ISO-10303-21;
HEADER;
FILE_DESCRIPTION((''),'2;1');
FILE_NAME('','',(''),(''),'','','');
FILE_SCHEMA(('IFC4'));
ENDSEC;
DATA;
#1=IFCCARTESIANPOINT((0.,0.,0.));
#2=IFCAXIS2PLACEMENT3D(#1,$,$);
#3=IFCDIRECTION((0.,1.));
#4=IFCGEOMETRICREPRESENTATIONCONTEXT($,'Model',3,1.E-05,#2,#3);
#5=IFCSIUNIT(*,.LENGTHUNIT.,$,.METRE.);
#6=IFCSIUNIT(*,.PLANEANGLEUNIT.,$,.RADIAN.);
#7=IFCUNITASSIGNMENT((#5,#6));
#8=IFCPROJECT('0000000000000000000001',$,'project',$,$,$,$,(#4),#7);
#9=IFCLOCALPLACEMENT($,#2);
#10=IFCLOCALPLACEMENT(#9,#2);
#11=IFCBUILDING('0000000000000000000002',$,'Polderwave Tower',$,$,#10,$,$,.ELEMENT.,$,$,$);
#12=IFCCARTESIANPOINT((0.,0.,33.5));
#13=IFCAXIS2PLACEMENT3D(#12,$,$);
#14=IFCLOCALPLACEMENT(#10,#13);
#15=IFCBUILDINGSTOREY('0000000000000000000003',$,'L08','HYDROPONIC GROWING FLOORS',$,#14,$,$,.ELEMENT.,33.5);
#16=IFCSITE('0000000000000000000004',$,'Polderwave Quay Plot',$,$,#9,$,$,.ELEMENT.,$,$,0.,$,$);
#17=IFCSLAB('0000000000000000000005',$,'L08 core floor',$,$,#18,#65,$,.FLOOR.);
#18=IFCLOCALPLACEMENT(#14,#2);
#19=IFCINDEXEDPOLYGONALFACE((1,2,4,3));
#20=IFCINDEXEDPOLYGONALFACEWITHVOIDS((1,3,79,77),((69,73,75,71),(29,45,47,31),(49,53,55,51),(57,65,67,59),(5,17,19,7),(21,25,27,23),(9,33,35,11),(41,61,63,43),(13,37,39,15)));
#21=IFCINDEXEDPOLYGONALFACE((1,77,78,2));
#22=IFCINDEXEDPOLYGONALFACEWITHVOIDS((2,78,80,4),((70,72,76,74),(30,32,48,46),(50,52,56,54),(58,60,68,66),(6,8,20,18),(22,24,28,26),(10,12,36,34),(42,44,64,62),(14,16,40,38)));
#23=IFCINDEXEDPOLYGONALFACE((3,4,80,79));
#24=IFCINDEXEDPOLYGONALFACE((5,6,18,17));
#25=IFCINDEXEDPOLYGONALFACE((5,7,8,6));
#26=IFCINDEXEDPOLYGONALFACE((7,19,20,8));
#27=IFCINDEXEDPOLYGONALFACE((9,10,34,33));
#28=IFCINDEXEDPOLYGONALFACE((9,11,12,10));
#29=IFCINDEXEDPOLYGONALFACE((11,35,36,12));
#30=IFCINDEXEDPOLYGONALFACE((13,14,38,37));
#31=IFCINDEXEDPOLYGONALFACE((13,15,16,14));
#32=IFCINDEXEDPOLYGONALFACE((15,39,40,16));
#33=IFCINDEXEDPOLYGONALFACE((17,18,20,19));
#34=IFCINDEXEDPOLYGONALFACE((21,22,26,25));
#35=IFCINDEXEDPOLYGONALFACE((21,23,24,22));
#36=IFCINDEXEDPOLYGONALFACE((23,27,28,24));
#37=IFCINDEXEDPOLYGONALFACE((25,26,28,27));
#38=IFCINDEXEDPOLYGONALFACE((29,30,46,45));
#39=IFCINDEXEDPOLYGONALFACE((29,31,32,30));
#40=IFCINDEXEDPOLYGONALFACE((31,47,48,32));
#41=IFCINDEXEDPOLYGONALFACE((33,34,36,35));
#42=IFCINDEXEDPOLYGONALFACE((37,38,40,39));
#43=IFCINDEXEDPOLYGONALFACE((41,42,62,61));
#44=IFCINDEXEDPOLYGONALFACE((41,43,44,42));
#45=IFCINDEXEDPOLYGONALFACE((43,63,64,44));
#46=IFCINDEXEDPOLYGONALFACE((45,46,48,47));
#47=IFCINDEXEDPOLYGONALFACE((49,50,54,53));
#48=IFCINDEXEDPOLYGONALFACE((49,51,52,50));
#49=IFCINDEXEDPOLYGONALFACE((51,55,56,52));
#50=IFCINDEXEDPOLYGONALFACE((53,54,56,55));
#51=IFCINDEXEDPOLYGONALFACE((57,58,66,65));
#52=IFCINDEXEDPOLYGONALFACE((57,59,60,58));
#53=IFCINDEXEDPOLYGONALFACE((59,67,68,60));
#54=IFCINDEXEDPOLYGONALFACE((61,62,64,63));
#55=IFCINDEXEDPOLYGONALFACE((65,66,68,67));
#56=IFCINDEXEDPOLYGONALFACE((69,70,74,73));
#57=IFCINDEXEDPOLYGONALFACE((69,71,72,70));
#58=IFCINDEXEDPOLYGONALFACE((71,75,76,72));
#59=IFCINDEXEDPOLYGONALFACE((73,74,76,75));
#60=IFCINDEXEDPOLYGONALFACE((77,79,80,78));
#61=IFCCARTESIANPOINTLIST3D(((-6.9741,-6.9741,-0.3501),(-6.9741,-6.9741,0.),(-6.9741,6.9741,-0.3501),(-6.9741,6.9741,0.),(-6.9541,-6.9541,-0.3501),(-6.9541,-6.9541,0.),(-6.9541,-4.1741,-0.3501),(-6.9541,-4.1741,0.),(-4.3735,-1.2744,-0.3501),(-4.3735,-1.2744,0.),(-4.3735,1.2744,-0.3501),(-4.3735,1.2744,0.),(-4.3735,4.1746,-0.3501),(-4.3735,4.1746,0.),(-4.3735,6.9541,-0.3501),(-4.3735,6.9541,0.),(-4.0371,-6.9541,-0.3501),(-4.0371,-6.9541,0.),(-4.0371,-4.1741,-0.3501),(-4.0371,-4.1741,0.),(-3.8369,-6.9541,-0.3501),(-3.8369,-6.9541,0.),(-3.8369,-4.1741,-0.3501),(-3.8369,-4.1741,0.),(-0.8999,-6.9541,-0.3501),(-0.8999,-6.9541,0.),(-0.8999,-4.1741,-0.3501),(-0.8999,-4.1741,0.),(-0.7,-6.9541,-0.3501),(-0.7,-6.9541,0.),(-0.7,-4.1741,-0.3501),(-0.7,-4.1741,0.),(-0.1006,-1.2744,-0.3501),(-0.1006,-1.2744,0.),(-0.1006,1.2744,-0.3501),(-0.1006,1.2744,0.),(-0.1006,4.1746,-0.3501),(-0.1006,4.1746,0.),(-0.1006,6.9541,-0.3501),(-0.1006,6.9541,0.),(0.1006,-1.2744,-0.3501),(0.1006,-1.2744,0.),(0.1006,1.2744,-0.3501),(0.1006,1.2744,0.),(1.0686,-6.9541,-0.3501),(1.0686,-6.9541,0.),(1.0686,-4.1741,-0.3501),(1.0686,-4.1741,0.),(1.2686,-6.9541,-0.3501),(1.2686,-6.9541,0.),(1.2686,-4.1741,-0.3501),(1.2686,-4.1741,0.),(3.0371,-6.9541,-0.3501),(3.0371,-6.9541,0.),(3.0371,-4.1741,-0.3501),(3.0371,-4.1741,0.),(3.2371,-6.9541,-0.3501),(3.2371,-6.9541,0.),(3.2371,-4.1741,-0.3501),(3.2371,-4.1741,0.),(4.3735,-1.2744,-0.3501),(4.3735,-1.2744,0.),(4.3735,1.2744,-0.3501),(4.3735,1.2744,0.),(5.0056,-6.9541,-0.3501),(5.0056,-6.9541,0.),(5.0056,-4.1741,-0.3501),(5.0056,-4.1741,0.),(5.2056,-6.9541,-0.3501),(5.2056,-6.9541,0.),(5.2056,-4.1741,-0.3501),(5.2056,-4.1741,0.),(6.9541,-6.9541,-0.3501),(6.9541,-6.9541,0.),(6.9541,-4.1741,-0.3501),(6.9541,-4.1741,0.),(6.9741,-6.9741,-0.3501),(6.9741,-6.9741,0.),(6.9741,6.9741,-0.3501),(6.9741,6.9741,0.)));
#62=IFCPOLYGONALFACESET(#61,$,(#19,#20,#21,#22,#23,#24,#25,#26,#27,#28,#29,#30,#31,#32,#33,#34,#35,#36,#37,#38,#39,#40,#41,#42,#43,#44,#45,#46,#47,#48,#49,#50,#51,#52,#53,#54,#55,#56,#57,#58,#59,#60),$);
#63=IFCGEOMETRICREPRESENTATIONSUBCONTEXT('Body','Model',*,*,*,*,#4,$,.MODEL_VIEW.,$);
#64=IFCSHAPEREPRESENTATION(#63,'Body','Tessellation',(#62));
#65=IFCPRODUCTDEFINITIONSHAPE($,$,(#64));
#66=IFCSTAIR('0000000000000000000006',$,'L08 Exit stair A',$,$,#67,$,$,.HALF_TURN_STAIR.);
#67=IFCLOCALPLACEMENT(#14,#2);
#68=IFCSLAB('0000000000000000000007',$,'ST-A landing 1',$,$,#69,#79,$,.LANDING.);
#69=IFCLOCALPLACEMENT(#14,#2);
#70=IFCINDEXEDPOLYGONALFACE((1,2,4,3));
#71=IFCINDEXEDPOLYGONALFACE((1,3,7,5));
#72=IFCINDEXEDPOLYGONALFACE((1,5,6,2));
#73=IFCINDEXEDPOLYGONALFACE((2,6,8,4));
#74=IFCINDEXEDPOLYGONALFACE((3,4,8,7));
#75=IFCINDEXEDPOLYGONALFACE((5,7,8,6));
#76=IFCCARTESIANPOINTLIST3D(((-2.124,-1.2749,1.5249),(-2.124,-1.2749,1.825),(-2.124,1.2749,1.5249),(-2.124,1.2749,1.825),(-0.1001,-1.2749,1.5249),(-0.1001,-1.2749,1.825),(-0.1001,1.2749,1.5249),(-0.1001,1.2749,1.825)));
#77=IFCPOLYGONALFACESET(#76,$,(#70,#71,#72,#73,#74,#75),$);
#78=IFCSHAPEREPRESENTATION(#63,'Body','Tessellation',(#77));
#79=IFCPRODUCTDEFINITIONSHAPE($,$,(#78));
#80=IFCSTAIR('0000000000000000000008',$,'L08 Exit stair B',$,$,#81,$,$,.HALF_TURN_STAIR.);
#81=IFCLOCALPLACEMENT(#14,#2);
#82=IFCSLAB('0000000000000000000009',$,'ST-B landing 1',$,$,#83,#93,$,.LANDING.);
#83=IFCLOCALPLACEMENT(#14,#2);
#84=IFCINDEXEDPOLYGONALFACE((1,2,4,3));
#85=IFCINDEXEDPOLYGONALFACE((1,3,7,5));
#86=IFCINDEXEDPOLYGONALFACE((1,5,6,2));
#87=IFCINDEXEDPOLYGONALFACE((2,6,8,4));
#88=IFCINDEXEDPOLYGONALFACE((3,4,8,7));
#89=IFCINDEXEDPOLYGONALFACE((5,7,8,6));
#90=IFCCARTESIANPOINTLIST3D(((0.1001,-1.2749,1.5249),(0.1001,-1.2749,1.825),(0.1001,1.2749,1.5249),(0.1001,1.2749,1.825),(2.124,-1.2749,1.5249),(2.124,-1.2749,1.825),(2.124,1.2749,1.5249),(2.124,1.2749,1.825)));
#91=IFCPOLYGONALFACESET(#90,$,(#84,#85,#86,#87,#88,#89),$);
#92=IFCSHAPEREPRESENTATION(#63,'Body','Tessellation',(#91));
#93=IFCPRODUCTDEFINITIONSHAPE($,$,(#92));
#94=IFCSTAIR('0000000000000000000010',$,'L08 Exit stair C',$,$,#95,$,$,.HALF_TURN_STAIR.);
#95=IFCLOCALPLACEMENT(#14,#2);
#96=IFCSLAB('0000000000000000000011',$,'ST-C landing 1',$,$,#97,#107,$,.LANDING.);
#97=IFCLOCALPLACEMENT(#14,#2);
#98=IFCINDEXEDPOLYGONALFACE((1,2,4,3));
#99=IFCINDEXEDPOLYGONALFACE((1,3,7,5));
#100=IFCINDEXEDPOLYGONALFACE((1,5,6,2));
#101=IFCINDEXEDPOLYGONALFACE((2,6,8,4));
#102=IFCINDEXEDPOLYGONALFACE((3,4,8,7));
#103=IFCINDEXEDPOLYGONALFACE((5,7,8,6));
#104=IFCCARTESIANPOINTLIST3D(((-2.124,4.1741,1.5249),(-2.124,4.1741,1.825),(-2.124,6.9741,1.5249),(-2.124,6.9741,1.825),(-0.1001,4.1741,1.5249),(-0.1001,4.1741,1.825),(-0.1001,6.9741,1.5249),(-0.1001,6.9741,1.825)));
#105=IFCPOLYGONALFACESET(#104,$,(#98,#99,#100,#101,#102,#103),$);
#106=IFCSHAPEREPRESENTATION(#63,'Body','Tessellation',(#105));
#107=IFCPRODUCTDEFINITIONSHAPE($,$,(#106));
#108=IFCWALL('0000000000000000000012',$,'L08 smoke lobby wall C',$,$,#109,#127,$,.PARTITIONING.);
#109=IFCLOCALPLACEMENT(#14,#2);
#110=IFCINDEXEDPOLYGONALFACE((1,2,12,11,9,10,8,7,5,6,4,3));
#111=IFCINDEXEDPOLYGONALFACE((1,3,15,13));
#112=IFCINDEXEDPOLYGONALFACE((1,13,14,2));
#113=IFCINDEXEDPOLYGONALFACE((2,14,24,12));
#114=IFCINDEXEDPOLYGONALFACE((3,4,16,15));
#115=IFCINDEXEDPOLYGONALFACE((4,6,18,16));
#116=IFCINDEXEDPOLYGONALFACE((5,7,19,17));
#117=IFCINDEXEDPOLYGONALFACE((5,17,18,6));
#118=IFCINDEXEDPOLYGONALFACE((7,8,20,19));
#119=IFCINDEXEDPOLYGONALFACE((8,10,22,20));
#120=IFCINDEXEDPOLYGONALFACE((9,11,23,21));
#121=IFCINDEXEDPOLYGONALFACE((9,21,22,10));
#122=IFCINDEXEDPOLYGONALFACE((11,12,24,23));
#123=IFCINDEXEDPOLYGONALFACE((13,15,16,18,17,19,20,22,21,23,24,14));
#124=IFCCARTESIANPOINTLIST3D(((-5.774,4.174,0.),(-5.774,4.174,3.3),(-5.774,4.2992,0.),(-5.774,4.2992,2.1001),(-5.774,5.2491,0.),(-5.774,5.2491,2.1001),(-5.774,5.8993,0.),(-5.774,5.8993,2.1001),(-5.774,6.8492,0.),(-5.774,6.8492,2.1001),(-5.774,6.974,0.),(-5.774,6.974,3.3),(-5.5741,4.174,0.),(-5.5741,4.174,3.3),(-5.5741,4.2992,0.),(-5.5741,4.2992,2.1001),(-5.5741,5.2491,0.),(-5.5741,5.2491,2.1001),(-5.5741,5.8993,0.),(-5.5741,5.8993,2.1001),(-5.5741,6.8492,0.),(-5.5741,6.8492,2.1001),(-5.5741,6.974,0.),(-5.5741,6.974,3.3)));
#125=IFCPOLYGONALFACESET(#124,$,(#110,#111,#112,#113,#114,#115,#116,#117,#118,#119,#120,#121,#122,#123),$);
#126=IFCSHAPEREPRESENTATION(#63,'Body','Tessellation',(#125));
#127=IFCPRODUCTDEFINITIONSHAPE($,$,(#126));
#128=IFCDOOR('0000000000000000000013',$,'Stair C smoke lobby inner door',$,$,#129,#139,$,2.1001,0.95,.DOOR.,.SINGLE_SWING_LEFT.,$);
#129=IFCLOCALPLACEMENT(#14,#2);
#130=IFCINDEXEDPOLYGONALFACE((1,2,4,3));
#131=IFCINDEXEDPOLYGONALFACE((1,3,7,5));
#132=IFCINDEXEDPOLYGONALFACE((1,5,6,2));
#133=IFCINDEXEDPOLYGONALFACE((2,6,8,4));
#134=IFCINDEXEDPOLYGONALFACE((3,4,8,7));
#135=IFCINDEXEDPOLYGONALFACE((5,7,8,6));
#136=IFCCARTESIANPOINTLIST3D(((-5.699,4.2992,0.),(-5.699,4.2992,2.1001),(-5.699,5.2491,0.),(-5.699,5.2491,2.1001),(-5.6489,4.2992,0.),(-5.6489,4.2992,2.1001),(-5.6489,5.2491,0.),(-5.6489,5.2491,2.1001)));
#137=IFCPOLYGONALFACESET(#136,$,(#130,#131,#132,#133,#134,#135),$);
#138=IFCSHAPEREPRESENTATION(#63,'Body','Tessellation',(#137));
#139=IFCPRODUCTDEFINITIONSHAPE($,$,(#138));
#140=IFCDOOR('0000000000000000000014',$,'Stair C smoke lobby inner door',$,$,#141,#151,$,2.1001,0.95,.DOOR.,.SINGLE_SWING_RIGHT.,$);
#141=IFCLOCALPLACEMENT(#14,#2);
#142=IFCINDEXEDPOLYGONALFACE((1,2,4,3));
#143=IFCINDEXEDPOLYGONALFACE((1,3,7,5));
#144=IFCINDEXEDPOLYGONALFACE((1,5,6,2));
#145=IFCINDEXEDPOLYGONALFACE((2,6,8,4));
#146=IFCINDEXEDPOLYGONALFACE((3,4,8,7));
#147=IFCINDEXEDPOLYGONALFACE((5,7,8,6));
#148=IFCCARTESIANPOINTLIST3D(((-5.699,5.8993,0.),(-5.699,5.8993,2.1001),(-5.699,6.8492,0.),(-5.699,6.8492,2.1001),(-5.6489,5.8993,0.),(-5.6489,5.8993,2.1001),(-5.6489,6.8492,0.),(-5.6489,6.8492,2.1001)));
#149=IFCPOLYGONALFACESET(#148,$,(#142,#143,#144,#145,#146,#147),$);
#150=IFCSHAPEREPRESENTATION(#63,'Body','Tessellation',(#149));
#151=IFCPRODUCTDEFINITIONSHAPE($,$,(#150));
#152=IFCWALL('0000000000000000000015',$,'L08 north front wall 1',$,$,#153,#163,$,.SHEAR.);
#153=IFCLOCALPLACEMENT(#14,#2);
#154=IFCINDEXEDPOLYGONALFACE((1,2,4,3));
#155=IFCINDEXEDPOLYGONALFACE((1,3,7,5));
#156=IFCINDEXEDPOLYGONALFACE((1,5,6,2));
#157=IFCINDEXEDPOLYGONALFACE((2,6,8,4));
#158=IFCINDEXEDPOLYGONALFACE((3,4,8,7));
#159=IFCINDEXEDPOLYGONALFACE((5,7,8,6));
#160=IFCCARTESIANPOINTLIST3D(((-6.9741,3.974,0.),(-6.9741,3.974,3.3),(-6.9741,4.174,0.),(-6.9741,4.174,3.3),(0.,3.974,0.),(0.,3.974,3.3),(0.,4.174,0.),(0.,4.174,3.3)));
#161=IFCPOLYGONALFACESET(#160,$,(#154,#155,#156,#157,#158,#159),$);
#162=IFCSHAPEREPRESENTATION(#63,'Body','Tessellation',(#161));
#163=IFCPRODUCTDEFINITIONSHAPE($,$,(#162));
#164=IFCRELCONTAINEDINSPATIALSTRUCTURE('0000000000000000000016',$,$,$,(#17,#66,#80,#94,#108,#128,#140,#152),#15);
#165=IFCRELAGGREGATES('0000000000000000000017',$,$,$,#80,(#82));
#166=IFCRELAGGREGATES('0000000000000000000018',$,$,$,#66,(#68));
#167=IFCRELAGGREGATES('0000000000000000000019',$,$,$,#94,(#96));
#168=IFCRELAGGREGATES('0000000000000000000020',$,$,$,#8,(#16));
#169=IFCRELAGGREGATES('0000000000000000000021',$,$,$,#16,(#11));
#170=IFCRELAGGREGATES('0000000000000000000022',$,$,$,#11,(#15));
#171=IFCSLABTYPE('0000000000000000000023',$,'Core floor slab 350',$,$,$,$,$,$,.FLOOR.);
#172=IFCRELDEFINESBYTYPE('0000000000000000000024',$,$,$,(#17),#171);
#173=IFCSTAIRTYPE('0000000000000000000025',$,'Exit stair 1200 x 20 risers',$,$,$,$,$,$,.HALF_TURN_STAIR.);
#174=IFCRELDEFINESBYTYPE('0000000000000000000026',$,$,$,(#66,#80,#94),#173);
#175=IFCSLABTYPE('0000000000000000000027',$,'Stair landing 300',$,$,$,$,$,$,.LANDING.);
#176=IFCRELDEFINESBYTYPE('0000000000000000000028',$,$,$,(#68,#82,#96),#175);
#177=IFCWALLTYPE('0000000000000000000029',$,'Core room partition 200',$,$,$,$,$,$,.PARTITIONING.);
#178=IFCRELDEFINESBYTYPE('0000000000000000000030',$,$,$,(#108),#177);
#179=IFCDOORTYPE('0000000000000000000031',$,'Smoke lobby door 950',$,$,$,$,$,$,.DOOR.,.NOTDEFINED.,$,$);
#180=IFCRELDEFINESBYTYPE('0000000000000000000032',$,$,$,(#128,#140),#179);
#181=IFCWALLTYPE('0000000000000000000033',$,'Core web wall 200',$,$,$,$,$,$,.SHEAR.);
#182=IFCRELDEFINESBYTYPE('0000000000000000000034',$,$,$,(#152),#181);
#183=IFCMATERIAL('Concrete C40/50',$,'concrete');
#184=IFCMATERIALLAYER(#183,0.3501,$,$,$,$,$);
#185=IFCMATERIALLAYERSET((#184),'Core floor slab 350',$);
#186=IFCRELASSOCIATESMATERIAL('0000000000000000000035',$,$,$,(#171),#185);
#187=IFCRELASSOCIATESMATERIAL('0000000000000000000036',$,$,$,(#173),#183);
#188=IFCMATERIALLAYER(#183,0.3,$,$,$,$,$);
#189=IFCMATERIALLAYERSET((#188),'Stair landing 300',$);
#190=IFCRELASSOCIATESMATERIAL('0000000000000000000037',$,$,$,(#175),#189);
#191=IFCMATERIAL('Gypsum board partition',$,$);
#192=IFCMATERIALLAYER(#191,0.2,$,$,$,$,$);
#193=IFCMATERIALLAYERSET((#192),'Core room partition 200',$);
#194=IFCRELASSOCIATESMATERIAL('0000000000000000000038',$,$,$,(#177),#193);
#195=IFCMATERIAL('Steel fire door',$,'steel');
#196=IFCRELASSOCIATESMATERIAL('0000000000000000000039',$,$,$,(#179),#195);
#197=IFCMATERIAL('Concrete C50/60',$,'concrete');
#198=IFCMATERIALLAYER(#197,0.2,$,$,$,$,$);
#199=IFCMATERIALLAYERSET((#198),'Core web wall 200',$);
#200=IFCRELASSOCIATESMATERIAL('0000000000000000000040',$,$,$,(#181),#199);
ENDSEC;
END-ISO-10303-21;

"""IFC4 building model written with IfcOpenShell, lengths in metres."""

from ifc_helpers import new_model, si_unit, direction, frame, frame_2d, origin, place, context, subcontext, project, spatial, polyline, rectangle, outline, extrude, material, layer, layer_set, type_object, element, fill, aggregate, save


model = new_model("IFC4")

# Units and contexts
model_context = context("Model", 3, precision=1e-05, world=origin(), true_north=direction((0.0, 1.0)))
body_context = subcontext(model_context, "Body", "Model", "MODEL_VIEW")
ifc_project = project(units=[si_unit("LENGTHUNIT", "METRE"), si_unit("PLANEANGLEUNIT", "RADIAN")], contexts=[model_context])

# Site, building, storey
site_placement = place(None, origin())
site = spatial("IfcSite", under=ifc_project, at=site_placement, Name="Polderwave Quay Plot", CompositionType="ELEMENT", RefElevation=0.0)
building_placement = place(site_placement, origin())
building = spatial("IfcBuilding", under=site, at=building_placement, Name="Polderwave Tower", CompositionType="ELEMENT")
storey_placement = place(building_placement, frame((0.0, 0.0, 33.5)))
storey = spatial("IfcBuildingStorey", under=building, at=storey_placement, Name="L08", Description="HYDROPONIC GROWING FLOORS", CompositionType="ELEMENT", Elevation=33.5)

# Slab
ifc_material_1 = material(Name="Concrete C40/50", Category="concrete")
ifc_layer_1 = layer(ifc_material_1, 0.3501)
ifc_layer_set_1 = layer_set([ifc_layer_1], Name="Core floor slab 350")
slab_type_1 = type_object("IfcSlabType", Name="Core floor slab 350", PredefinedType="FLOOR", material=ifc_layer_set_1)
slab_1_placement = place(storey_placement, frame((0.0, 0.0, -0.3501)))
element("IfcSlab", 1, at=slab_1_placement, inside=storey, type_object=slab_type_1, Name="L08 core floor", PredefinedType="FLOOR", context=body_context, shape_type="SweptSolid", body=[
    extrude(outline(polyline([(-6.9741, -6.9741), (6.9741, -6.9741), (6.9741, 6.9741), (-6.9741, 6.9741), (-6.9741, -6.9741)]), holes=[polyline([(-6.9541, -6.9541), (-4.0371, -6.9541), (-4.0371, -4.1741), (-6.9541, -4.1741), (-6.9541, -6.9541)]), polyline([(-3.8369, -6.9541), (-0.8999, -6.9541), (-0.8999, -4.1741), (-3.8369, -4.1741), (-3.8369, -6.9541)]), polyline([(-0.7, -6.9541), (1.0686, -6.9541), (1.0686, -4.1741), (-0.7, -4.1741), (-0.7, -6.9541)]), polyline([(1.2686, -6.9541), (3.0371, -6.9541), (3.0371, -4.1741), (1.2686, -4.1741), (1.2686, -6.9541)]), polyline([(3.2371, -6.9541), (5.0056, -6.9541), (5.0056, -4.1741), (3.2371, -4.1741), (3.2371, -6.9541)]), polyline([(5.2056, -6.9541), (6.9541, -6.9541), (6.9541, -4.1741), (5.2056, -4.1741), (5.2056, -6.9541)]), polyline([(-4.3735, -1.2744), (-0.1006, -1.2744), (-0.1006, 1.2744), (-4.3735, 1.2744), (-4.3735, -1.2744)]), polyline([(0.1006, -1.2744), (4.3735, -1.2744), (4.3735, 1.2744), (0.1006, 1.2744), (0.1006, -1.2744)]), polyline([(-4.3735, 4.1746), (-0.1006, 4.1746), (-0.1006, 6.9541), (-4.3735, 6.9541), (-4.3735, 4.1746)])]), origin(), (0.0, 0.0, 1.0), 0.3501),
])

# Stairs, slabs
stair_type = type_object("IfcStairType", Name="Exit stair 1200 x 20 risers", PredefinedType="HALF_TURN_STAIR", material=ifc_material_1)
stair_1_placement = place(storey_placement, origin())
stair_1 = element("IfcStair", 2, at=stair_1_placement, inside=storey, type_object=stair_type, Name="L08 Exit stair A", PredefinedType="HALF_TURN_STAIR")
ifc_layer_2 = layer(ifc_material_1, 0.3)
ifc_layer_set_2 = layer_set([ifc_layer_2], Name="Stair landing 300")
slab_type_2 = type_object("IfcSlabType", Name="Stair landing 300", PredefinedType="LANDING", material=ifc_layer_set_2)
slab_2_placement = place(storey_placement, frame((0.0, 0.0, 1.5249)))
slab_2 = element("IfcSlab", 3, at=slab_2_placement, type_object=slab_type_2, Name="ST-A landing 1", PredefinedType="LANDING", context=body_context, shape_type="SweptSolid", body=[
    extrude(outline(polyline([(-2.124, -1.2749), (-0.1001, -1.2749), (-0.1001, 1.2749), (-2.124, 1.2749), (-2.124, -1.2749)])), origin(), (0.0, 0.0, 1.0), 0.3),
])
stair_2_placement = place(storey_placement, origin())
stair_2 = element("IfcStair", 4, at=stair_2_placement, inside=storey, type_object=stair_type, Name="L08 Exit stair B", PredefinedType="HALF_TURN_STAIR")
slab_3_placement = place(storey_placement, frame((0.0, 0.0, 1.5249)))
slab_3 = element("IfcSlab", 5, at=slab_3_placement, type_object=slab_type_2, Name="ST-B landing 1", PredefinedType="LANDING", context=body_context, shape_type="SweptSolid", body=[
    extrude(outline(polyline([(2.124, 1.2749), (0.1001, 1.2749), (0.1001, -1.2749), (2.124, -1.2749), (2.124, 1.2749)])), origin(), (0.0, 0.0, 1.0), 0.3),
])
aggregate(stair_2, [slab_3])
stair_3_placement = place(storey_placement, origin())
stair_3 = element("IfcStair", 6, at=stair_3_placement, inside=storey, type_object=stair_type, Name="L08 Exit stair C", PredefinedType="HALF_TURN_STAIR")
slab_4_placement = place(storey_placement, frame((0.0, 0.0, 1.5249)))
slab_4 = element("IfcSlab", 7, at=slab_4_placement, type_object=slab_type_2, Name="ST-C landing 1", PredefinedType="LANDING", context=body_context, shape_type="SweptSolid", body=[
    extrude(outline(polyline([(-2.124, 4.1741), (-0.1001, 4.1741), (-0.1001, 6.9741), (-2.124, 6.9741), (-2.124, 4.1741)])), origin(), (0.0, 0.0, 1.0), 0.3),
])

# Wall, openings, doors
ifc_material_2 = material(Name="Gypsum board partition")
ifc_layer_3 = layer(ifc_material_2, 0.2)
ifc_layer_set_3 = layer_set([ifc_layer_3], Name="Core room partition 200")
wall_type_1 = type_object("IfcWallType", Name="Core room partition 200", PredefinedType="PARTITIONING", material=ifc_layer_set_3)
wall_1_placement = place(storey_placement, frame((-5.6741, 4.1741, 0.0), z_axis=(0.0, 0.0, 1.0), x_axis=(0.0, 1.0, 0.0)))
wall_1 = element("IfcWall", 8, at=wall_1_placement, inside=storey, type_object=wall_type_1, Name="L08 smoke lobby wall C", PredefinedType="PARTITIONING", context=body_context, shape_type="SweptSolid", body=[
    extrude(rectangle(XDim=2.8, YDim=0.2, at=frame_2d((1.3999, 0.0))), origin(), (0.0, 0.0, 1.0), 3.3),
])
opening_1_placement = place(wall_1_placement, frame((0.125, 0.0, 0.0)))
opening_1 = element("IfcOpeningElement", 9, at=opening_1_placement, cuts=wall_1, PredefinedType="OPENING", context=body_context, shape_type="SweptSolid", body=[
    extrude(rectangle(XDim=0.95, YDim=2.1001, at=frame_2d((0.4751, 1.05))), frame((0.0, 0.1099, 0.0), z_axis=(0.0, -1.0, 0.0), x_axis=(1.0, 0.0, 0.0)), (0.0, 0.0, 1.0), 0.22),
])
opening_2_placement = place(wall_1_placement, frame((1.7251, 0.0, 0.0)))
opening_2 = element("IfcOpeningElement", 10, at=opening_2_placement, cuts=wall_1, PredefinedType="OPENING", context=body_context, shape_type="SweptSolid", body=[
    extrude(rectangle(XDim=0.95, YDim=2.1001, at=frame_2d((0.4751, 1.05))), frame((0.0, 0.1099, 0.0), z_axis=(0.0, -1.0, 0.0), x_axis=(1.0, 0.0, 0.0)), (0.0, 0.0, 1.0), 0.22),
])
ifc_material_3 = material(Name="Steel fire door", Category="steel")
door_type_1 = type_object("IfcDoorType", Name="Smoke lobby door 950", OperationType="NOTDEFINED", PredefinedType="DOOR", material=ifc_material_3)
door_1_placement = place(opening_1_placement, origin())
door_1 = element("IfcDoor", 11, at=door_1_placement, inside=storey, type_object=door_type_1, Name="Stair C smoke lobby inner door", OperationType="SINGLE_SWING_LEFT", OverallHeight=2.1001, OverallWidth=0.95, PredefinedType="DOOR", context=body_context, shape_type="SweptSolid", body=[
    extrude(rectangle(XDim=0.95, YDim=2.1001, at=frame_2d((0.4751, 1.05))), frame((0.0, 0.0249, 0.0), z_axis=(0.0, -1.0, 0.0), x_axis=(1.0, 0.0, 0.0)), (0.0, 0.0, 1.0), 0.05),
])
fill(opening_1, door_1)
door_2_placement = place(opening_2_placement, origin())
door_2 = element("IfcDoor", 12, at=door_2_placement, inside=storey, type_object=door_type_1, Name="Stair C smoke lobby inner door", OperationType="SINGLE_SWING_RIGHT", OverallHeight=2.1001, OverallWidth=0.95, PredefinedType="DOOR", context=body_context, shape_type="SweptSolid", body=[
    extrude(rectangle(XDim=0.95, YDim=2.1001, at=frame_2d((0.4751, 1.05))), frame((0.0, 0.0249, 0.0), z_axis=(0.0, -1.0, 0.0), x_axis=(1.0, 0.0, 0.0)), (0.0, 0.0, 1.0), 0.05),
])
fill(opening_2, door_2)

# Wall
ifc_material_4 = material(Name="Concrete C50/60", Category="concrete")
ifc_layer_4 = layer(ifc_material_4, 0.2)
ifc_layer_set_4 = layer_set([ifc_layer_4], Name="Core web wall 200")
wall_type_2 = type_object("IfcWallType", Name="Core web wall 200", PredefinedType="SHEAR", material=ifc_layer_set_4)
wall_2_placement = place(storey_placement, frame((-6.9741, 4.074, 0.0), z_axis=(0.0, 0.0, 1.0), x_axis=(1.0, 0.0, 0.0)))
element("IfcWall", 13, at=wall_2_placement, inside=storey, type_object=wall_type_2, Name="L08 north front wall 1", PredefinedType="SHEAR", context=body_context, shape_type="SweptSolid", body=[
    extrude(rectangle(XDim=6.9741, YDim=0.2, at=frame_2d((3.4871, 0.0))), origin(), (0.0, 0.0, 1.0), 3.3),
])

aggregate(stair_1, [slab_2])
aggregate(stair_3, [slab_4])

save(model, "model.ifc")
